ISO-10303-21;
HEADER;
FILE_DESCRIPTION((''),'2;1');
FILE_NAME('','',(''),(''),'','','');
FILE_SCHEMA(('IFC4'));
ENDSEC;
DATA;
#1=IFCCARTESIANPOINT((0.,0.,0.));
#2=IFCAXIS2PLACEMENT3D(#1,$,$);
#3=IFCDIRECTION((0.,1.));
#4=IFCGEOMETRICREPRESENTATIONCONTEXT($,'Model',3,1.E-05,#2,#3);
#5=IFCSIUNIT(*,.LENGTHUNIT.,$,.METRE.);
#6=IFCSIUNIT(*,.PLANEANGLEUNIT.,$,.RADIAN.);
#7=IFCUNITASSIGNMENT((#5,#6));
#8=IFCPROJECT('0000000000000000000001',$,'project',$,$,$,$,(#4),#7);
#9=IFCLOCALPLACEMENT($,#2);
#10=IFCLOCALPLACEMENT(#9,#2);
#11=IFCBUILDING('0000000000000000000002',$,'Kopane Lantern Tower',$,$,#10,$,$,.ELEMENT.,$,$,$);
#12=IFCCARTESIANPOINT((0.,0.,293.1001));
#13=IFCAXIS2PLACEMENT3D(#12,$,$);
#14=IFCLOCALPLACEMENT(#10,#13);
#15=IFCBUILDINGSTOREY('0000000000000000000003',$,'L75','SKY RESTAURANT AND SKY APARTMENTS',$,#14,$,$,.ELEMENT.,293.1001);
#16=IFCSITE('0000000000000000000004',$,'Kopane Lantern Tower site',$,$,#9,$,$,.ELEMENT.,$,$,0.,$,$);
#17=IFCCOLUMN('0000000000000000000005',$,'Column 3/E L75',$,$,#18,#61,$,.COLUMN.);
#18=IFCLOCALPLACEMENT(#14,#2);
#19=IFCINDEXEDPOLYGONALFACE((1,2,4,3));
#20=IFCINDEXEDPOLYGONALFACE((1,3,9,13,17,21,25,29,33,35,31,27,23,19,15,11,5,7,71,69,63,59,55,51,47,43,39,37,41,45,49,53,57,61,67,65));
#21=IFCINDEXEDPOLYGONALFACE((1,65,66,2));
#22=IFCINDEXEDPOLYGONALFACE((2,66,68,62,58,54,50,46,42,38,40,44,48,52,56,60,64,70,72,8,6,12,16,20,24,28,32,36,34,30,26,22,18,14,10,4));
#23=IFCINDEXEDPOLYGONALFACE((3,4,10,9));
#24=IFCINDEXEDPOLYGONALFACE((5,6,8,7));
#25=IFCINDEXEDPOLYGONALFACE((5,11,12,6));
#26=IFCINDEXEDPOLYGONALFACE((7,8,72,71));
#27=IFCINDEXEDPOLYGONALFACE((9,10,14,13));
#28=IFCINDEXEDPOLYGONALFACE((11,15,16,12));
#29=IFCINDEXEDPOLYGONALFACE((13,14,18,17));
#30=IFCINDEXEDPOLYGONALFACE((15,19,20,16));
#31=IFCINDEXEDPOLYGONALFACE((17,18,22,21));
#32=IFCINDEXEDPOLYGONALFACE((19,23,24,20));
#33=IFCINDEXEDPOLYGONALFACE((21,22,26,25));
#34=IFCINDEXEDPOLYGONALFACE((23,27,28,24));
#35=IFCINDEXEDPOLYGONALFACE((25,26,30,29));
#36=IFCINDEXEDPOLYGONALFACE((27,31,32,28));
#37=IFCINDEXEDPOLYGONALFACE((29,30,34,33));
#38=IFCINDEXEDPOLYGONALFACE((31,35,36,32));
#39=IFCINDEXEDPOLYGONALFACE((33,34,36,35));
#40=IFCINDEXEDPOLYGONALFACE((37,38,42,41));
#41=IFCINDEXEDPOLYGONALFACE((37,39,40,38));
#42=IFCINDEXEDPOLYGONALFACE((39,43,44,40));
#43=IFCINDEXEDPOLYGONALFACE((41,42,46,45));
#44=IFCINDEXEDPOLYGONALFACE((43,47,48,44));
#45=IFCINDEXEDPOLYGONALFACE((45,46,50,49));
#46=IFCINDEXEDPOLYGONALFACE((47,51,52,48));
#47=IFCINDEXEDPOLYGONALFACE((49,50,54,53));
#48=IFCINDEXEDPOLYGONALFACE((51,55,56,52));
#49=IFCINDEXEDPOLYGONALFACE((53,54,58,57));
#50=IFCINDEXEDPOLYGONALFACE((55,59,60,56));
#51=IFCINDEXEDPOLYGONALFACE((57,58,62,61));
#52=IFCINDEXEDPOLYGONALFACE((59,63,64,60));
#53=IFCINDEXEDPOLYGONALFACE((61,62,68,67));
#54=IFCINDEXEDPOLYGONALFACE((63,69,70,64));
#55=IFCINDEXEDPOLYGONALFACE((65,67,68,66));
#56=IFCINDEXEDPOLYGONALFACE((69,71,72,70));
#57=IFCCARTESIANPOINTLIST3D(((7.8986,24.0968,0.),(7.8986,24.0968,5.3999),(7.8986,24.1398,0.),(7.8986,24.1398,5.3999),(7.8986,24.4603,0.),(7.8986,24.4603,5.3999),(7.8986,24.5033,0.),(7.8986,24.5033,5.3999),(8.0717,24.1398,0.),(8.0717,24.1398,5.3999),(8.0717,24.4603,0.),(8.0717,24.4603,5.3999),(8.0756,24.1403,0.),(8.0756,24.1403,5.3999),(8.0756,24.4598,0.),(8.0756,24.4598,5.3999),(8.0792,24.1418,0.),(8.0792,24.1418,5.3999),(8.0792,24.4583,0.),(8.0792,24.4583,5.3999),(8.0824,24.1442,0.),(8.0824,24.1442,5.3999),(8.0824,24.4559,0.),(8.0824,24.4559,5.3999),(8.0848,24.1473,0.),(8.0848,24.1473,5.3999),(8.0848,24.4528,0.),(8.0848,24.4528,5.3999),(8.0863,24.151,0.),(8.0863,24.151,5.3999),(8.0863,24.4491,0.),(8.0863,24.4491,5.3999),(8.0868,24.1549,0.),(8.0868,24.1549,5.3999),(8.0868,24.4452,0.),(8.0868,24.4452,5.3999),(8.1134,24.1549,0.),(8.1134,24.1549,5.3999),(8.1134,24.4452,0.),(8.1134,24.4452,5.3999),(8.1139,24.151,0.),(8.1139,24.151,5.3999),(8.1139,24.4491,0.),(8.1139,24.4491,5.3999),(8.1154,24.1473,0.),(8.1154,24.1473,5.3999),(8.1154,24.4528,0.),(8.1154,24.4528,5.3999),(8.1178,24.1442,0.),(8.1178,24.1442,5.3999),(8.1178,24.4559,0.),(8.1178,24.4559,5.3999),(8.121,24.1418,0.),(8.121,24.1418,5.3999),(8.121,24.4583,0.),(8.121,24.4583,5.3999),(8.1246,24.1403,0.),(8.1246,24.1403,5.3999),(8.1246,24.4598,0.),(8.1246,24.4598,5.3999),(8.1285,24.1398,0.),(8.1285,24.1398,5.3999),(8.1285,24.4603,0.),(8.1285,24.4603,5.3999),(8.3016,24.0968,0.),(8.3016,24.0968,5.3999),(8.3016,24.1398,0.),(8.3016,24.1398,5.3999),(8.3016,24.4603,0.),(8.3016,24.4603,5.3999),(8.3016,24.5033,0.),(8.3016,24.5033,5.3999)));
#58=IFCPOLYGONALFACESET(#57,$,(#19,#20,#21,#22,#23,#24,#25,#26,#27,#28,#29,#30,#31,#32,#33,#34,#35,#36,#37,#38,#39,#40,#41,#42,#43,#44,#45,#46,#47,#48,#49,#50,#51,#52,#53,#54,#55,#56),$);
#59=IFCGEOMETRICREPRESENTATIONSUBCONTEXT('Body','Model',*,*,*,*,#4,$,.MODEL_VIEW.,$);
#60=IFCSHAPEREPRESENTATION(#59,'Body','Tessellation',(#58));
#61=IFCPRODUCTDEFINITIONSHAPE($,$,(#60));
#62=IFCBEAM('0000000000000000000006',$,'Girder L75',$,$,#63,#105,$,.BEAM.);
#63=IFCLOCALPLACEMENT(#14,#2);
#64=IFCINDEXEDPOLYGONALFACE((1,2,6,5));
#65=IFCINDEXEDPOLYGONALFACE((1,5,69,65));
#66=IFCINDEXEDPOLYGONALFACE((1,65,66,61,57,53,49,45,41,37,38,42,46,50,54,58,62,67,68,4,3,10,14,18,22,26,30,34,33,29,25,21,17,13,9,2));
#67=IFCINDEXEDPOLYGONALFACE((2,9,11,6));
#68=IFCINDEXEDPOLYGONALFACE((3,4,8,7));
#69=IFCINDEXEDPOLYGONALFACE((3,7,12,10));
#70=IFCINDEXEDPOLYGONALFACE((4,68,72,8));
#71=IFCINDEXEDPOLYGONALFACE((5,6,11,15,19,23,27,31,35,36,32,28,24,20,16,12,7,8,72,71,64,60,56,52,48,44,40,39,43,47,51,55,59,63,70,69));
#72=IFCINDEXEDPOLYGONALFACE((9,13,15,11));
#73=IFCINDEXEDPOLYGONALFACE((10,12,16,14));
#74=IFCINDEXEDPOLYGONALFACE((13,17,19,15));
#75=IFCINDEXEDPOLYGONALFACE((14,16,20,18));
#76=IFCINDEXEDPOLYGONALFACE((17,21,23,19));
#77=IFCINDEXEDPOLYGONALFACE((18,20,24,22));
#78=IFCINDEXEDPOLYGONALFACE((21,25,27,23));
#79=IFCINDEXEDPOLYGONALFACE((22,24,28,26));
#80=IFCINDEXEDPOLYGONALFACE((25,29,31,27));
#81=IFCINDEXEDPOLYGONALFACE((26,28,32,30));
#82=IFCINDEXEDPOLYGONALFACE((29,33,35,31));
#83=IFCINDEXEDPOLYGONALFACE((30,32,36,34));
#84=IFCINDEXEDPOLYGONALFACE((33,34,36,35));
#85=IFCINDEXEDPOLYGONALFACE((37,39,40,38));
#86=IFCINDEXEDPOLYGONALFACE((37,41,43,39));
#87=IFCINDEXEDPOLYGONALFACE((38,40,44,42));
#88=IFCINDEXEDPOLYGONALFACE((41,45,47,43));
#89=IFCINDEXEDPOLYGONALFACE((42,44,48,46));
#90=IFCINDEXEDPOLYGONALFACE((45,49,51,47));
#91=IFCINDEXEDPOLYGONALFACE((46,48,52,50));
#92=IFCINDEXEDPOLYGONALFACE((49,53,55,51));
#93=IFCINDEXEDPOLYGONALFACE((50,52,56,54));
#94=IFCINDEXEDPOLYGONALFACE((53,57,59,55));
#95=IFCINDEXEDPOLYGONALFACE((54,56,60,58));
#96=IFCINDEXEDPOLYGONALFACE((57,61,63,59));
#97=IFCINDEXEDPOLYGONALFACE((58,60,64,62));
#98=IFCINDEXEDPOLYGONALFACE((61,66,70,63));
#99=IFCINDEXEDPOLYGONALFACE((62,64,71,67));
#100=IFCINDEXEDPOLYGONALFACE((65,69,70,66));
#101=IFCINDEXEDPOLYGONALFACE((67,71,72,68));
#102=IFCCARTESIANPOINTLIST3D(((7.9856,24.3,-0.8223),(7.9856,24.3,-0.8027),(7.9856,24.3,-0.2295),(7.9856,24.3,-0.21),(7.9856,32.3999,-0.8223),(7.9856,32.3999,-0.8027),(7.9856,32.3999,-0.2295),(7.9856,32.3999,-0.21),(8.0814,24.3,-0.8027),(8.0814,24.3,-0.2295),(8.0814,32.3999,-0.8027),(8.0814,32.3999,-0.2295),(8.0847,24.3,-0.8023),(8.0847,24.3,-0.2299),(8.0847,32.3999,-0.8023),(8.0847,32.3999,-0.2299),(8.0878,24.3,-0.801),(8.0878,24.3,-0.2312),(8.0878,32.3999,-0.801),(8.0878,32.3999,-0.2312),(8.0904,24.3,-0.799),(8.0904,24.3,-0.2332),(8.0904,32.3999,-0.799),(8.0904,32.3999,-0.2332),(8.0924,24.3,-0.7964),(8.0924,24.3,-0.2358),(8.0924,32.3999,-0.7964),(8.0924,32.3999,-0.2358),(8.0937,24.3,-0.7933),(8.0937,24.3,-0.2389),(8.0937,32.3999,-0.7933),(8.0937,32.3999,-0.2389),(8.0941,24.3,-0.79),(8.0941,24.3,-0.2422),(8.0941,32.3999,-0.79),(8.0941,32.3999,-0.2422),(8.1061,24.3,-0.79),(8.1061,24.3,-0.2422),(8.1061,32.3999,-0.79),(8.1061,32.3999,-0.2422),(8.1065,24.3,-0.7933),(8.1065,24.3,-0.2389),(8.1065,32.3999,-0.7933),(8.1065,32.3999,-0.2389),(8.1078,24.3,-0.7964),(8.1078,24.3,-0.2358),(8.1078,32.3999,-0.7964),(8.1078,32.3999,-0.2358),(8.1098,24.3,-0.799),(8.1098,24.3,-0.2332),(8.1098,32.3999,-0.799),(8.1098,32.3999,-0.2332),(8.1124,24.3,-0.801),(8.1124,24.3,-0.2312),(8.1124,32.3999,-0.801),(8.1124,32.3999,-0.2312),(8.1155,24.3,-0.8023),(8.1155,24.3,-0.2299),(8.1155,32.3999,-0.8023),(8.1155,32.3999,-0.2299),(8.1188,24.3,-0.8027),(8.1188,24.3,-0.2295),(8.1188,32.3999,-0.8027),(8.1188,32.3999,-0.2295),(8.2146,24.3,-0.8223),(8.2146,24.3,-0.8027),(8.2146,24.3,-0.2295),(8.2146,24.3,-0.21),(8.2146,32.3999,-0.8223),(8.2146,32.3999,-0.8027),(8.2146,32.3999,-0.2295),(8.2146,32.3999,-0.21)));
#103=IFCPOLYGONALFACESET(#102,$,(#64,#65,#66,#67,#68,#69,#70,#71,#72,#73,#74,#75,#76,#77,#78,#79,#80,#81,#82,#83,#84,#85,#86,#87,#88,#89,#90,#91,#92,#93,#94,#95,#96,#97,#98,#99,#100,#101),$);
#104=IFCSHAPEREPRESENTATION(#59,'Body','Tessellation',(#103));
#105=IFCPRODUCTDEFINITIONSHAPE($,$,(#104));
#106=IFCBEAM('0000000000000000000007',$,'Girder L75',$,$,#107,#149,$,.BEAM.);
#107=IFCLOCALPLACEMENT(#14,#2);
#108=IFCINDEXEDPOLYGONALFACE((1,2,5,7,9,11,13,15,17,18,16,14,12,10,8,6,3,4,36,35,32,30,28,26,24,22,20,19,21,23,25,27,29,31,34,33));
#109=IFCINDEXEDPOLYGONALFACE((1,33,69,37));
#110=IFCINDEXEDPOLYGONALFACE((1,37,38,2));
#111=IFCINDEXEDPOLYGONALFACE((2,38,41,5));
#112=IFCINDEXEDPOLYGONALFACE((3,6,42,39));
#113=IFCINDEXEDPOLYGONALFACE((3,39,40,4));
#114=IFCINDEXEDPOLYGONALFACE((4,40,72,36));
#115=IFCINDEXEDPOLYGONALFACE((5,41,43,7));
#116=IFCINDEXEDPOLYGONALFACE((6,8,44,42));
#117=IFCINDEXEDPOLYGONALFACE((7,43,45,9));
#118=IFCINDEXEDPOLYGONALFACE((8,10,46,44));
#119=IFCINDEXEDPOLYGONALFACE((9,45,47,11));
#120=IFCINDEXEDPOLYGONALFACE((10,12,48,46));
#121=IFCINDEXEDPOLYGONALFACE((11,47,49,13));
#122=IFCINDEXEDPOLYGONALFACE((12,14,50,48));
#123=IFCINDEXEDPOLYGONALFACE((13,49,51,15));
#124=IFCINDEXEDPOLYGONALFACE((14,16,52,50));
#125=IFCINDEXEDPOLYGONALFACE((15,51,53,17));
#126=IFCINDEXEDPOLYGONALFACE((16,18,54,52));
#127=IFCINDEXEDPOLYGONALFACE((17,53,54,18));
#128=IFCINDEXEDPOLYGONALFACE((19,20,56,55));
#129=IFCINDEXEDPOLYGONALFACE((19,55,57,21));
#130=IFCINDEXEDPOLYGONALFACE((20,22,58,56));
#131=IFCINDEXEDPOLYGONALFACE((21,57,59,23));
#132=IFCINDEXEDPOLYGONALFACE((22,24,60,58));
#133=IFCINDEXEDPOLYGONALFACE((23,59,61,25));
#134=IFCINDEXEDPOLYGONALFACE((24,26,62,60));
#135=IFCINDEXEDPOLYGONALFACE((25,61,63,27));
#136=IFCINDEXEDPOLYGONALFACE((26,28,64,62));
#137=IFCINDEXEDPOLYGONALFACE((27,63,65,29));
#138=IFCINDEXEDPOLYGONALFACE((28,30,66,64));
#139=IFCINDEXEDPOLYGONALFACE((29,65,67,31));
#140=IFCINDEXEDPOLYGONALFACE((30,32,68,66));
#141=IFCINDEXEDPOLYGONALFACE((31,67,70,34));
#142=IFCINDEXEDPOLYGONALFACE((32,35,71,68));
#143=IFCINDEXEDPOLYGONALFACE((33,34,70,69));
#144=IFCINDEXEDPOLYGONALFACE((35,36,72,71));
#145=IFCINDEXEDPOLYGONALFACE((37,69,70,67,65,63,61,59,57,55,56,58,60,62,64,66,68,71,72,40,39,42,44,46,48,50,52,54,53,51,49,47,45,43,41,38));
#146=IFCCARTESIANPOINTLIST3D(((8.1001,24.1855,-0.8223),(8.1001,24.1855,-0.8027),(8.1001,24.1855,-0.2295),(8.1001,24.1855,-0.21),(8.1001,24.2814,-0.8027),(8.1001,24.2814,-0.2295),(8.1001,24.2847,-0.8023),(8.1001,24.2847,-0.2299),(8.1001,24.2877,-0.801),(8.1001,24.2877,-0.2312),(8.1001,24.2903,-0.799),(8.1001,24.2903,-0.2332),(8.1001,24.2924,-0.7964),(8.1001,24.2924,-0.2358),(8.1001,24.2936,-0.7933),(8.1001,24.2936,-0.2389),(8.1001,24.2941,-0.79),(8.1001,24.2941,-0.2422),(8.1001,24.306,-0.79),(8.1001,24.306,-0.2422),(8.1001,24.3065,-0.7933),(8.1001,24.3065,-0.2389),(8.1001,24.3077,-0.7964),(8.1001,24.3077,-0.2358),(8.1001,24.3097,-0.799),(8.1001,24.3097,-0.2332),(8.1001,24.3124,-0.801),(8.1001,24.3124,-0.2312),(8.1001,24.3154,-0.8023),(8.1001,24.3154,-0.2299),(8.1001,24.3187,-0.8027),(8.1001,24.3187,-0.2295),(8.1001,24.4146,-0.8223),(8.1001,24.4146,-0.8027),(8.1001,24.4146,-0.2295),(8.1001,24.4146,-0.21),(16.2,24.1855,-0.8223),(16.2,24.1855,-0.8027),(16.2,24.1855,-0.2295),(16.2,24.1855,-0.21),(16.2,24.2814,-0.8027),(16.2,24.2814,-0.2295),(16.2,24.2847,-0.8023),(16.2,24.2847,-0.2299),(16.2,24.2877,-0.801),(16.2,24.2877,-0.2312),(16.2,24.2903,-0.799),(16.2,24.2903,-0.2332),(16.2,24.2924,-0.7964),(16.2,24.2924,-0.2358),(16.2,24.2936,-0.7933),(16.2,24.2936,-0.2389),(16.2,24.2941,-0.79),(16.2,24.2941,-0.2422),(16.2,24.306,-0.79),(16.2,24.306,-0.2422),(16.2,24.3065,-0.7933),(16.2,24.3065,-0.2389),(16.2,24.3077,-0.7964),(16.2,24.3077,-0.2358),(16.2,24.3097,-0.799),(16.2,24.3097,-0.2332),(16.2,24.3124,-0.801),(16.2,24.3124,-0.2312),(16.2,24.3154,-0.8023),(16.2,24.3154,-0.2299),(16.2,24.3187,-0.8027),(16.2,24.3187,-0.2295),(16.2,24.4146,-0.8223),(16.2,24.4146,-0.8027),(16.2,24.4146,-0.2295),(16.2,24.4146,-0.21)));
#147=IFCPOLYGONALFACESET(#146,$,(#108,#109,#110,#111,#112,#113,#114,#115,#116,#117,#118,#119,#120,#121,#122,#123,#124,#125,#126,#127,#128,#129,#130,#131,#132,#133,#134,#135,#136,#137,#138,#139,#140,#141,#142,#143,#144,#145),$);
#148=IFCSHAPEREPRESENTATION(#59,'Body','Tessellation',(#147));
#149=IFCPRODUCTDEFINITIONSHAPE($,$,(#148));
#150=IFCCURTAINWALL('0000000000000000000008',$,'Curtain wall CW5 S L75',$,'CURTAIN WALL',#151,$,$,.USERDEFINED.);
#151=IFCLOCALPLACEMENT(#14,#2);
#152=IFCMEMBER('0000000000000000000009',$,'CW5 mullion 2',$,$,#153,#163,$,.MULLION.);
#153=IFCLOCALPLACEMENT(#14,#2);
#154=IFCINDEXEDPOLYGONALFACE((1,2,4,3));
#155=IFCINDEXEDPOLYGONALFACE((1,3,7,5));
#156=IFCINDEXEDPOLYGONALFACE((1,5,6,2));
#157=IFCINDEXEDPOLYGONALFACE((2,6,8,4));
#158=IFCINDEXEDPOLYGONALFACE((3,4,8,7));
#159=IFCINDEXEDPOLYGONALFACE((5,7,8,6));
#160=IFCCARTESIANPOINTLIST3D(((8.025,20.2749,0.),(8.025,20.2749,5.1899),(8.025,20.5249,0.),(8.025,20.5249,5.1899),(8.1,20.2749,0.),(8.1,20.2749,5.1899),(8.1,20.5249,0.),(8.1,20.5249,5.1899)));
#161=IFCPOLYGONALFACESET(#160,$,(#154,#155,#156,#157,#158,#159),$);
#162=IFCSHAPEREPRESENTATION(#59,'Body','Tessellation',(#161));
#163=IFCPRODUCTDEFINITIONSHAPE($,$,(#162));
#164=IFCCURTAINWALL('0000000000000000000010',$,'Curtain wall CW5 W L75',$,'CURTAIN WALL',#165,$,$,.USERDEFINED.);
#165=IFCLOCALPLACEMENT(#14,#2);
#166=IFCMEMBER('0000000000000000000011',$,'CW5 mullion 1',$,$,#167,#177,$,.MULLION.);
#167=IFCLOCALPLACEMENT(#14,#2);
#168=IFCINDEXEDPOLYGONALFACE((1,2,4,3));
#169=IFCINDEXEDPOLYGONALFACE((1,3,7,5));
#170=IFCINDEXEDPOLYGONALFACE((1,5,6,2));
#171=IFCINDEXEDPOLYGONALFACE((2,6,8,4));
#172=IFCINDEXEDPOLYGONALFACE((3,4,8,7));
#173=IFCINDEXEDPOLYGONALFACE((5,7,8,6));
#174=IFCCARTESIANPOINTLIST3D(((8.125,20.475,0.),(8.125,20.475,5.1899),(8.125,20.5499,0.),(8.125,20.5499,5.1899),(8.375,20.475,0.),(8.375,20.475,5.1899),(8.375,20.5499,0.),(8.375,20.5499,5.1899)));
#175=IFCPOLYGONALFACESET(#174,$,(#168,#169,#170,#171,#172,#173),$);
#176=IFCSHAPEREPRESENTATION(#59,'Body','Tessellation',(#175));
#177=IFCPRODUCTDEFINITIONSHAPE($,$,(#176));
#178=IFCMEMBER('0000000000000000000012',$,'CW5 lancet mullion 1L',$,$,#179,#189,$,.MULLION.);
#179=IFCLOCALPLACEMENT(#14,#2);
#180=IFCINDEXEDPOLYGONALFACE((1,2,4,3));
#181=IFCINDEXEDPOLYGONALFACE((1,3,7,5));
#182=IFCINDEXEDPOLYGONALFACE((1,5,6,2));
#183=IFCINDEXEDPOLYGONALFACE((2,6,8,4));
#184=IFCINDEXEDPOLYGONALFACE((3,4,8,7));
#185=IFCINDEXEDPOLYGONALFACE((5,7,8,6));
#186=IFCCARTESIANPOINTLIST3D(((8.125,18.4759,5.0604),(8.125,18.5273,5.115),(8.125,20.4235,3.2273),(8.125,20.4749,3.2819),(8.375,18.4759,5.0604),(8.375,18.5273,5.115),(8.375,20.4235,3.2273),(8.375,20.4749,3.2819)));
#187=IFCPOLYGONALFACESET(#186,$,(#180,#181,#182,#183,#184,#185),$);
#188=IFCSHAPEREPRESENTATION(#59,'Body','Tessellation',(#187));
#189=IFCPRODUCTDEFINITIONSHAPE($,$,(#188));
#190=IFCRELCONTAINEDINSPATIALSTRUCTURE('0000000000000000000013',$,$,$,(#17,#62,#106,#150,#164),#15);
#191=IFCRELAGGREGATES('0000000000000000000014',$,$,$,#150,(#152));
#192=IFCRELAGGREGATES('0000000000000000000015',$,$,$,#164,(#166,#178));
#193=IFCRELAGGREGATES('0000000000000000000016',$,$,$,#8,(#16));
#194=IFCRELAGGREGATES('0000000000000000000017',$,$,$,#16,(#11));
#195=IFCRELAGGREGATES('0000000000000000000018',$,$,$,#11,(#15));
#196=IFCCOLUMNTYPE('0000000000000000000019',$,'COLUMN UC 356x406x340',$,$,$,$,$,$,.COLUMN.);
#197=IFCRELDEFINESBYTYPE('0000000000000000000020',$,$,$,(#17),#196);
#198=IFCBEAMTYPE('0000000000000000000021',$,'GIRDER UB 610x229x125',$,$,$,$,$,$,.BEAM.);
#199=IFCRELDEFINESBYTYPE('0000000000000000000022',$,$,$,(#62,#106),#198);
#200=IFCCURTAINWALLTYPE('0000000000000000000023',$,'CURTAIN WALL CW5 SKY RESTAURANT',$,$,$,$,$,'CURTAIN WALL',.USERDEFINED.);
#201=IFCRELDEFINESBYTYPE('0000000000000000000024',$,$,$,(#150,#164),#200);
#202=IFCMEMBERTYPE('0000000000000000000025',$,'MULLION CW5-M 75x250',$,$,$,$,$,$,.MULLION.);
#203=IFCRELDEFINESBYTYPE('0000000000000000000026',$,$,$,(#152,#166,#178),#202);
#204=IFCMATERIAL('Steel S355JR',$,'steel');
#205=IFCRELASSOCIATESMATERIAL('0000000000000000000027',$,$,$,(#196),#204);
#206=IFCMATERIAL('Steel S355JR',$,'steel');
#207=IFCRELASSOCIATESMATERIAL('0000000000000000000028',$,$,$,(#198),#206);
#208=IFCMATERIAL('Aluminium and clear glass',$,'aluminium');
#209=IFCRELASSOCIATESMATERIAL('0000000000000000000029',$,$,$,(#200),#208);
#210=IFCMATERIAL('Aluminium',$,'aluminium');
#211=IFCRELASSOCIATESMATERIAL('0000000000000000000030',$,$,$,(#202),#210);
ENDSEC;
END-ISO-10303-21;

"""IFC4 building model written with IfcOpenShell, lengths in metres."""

from ifc_helpers import new_model, si_unit, direction, frame, origin, origin_2d, place, context, subcontext, project, spatial, rectangle, i_section, extrude, material, material_profile, profile_set, type_object, element, aggregate, save


model = new_model("IFC4")

# Units and contexts
model_context = context("Model", 3, precision=1e-05, world=origin(), true_north=direction((0.0, 1.0)))
body_context = subcontext(model_context, "Body", "Model", "MODEL_VIEW")
ifc_project = project(units=[si_unit("LENGTHUNIT", "METRE"), si_unit("PLANEANGLEUNIT", "RADIAN")], contexts=[model_context])

# Site, building, storey
site_placement = place(None, origin())
site = spatial("IfcSite", under=ifc_project, at=site_placement, Name="Kopane Lantern Tower site", CompositionType="ELEMENT", RefElevation=0.0)
building_placement = place(site_placement, origin())
building = spatial("IfcBuilding", under=site, at=building_placement, Name="Kopane Lantern Tower", CompositionType="ELEMENT")
storey_placement = place(building_placement, frame((0.0, 0.0, 293.1001)))
storey = spatial("IfcBuildingStorey", under=building, at=storey_placement, Name="L75", Description="SKY RESTAURANT AND SKY APARTMENTS", CompositionType="ELEMENT", Elevation=293.1001)

# Column
ifc_material_1 = material(Name="Steel S355JR", Category="steel")
ifc_material_profile_1 = material_profile(ifc_material_1, i_section(OverallWidth=0.4031, OverallDepth=0.4065, WebThickness=0.0266, FlangeThickness=0.043, FilletRadius=0.0151, at=origin_2d()), Name="UC 356x406x340")
ifc_profile_set_1 = profile_set([ifc_material_profile_1], Name="Steel S355JR")
column_type = type_object("IfcColumnType", Name="COLUMN UC 356x406x340", PredefinedType="COLUMN", material=ifc_profile_set_1)
column_placement = place(storey_placement, frame((8.1001, 24.3, 0.0), z_axis=(0.0, 0.0, 1.0), x_axis=(1.0, 0.0, 0.0)))
element("IfcColumn", 1, at=column_placement, inside=storey, type_object=column_type, Name="Column 3/E L75", PredefinedType="COLUMN", context=body_context, shape_type="SweptSolid", body=[
    extrude(i_section(OverallWidth=0.4031, OverallDepth=0.4065, WebThickness=0.0266, FlangeThickness=0.043, FilletRadius=0.0151, at=origin_2d()), origin(), (0.0, 0.0, 1.0), 5.3999),
])

# Beams
ifc_material_2 = material(Name="Steel S355JR", Category="steel")
ifc_material_profile_2 = material_profile(ifc_material_2, i_section(OverallWidth=0.229, OverallDepth=0.6123, WebThickness=0.012, FlangeThickness=0.0195, FilletRadius=0.0127, at=origin_2d()), Name="UB 610x229x125")
ifc_profile_set_2 = profile_set([ifc_material_profile_2], Name="Steel S355JR")
beam_type = type_object("IfcBeamType", Name="GIRDER UB 610x229x125", PredefinedType="BEAM", material=ifc_profile_set_2)
for number, where, z_axis, x_axis, name in (
    (2, (8.1001, 24.3, -0.5161), (0.0, 1.0, 0.0), (-1.0, 0.0, 0.0), "Girder L75"),
    (3, (8.1001, 24.3, -0.5161), (1.0, 0.0, 0.0), (0.0, 1.0, 0.0), "Girder L75"),
):
    element("IfcBeam", number, at=place(storey_placement, frame(where, z_axis=z_axis, x_axis=x_axis)), inside=storey, type_object=beam_type, Name=name, PredefinedType="BEAM", context=body_context, shape_type="SweptSolid", body=[
        extrude(i_section(OverallWidth=0.229, OverallDepth=0.6123, WebThickness=0.012, FlangeThickness=0.0195, FilletRadius=0.0127, at=origin_2d()), origin(), (0.0, 0.0, 1.0), 8.0999),
    ])

# Curtain wall, member
ifc_material_3 = material(Name="Aluminium and clear glass", Category="aluminium")
curtain_wall_type = type_object("IfcCurtainWallType", Name="CURTAIN WALL CW5 SKY RESTAURANT", ElementType="CURTAIN WALL", PredefinedType="USERDEFINED", material=ifc_material_3)
curtain_wall_1_placement = place(storey_placement, origin())
curtain_wall_1 = element("IfcCurtainWall", 4, at=curtain_wall_1_placement, inside=storey, type_object=curtain_wall_type, Name="Curtain wall CW5 S L75", ObjectType="CURTAIN WALL", PredefinedType="USERDEFINED")
ifc_material_4 = material(Name="Aluminium", Category="aluminium")
ifc_material_profile_3 = material_profile(ifc_material_4, rectangle(XDim=0.075, YDim=0.25, at=origin_2d()), Name="AL 75x250")
ifc_profile_set_3 = profile_set([ifc_material_profile_3], Name="Aluminium")
member_type_1 = type_object("IfcMemberType", Name="MULLION CW5-M 75x250", PredefinedType="MULLION", material=ifc_profile_set_3)
member_1_placement = place(storey_placement, frame((8.0625, 20.3999, 0.0), z_axis=(0.0, 0.0, 1.0), x_axis=(1.0, 0.0, 0.0)))
member_1 = element("IfcMember", 5, at=member_1_placement, type_object=member_type_1, Name="CW5 mullion 2", PredefinedType="MULLION", context=body_context, shape_type="SweptSolid", body=[
    extrude(rectangle(XDim=0.075, YDim=0.25, at=origin_2d()), origin(), (0.0, 0.0, 1.0), 5.1899),
])

# Curtain wall, members
curtain_wall_2_placement = place(storey_placement, origin())
curtain_wall_2 = element("IfcCurtainWall", 6, at=curtain_wall_2_placement, inside=storey, type_object=curtain_wall_type, Name="Curtain wall CW5 W L75", ObjectType="CURTAIN WALL", PredefinedType="USERDEFINED")
member_2_placement = place(storey_placement, frame((8.25, 20.5125, 0.0), z_axis=(0.0, 0.0, 1.0), x_axis=(0.0, -1.0, 0.0)))
member_2 = element("IfcMember", 7, at=member_2_placement, type_object=member_type_1, Name="CW5 mullion 1", PredefinedType="MULLION", context=body_context, shape_type="SweptSolid", body=[
    extrude(rectangle(XDim=0.075, YDim=0.25, at=origin_2d()), origin(), (0.0, 0.0, 1.0), 5.1899),
])
member_3_placement = place(storey_placement, frame((8.25, 20.4492, 3.2546), z_axis=(0.0, -0.728189, 0.685376), x_axis=(0.0, 0.685376, 0.728189)))
member_3 = element("IfcMember", 8, at=member_3_placement, type_object=member_type_1, Name="CW5 lancet mullion 1L", PredefinedType="MULLION", context=body_context, shape_type="SweptSolid", body=[
    extrude(rectangle(XDim=0.075, YDim=0.25, at=origin_2d()), origin(), (0.0, 0.0, 1.0), 2.6746),
])

aggregate(curtain_wall_1, [member_1])
aggregate(curtain_wall_2, [member_2, member_3])

save(model, "model.ifc")
